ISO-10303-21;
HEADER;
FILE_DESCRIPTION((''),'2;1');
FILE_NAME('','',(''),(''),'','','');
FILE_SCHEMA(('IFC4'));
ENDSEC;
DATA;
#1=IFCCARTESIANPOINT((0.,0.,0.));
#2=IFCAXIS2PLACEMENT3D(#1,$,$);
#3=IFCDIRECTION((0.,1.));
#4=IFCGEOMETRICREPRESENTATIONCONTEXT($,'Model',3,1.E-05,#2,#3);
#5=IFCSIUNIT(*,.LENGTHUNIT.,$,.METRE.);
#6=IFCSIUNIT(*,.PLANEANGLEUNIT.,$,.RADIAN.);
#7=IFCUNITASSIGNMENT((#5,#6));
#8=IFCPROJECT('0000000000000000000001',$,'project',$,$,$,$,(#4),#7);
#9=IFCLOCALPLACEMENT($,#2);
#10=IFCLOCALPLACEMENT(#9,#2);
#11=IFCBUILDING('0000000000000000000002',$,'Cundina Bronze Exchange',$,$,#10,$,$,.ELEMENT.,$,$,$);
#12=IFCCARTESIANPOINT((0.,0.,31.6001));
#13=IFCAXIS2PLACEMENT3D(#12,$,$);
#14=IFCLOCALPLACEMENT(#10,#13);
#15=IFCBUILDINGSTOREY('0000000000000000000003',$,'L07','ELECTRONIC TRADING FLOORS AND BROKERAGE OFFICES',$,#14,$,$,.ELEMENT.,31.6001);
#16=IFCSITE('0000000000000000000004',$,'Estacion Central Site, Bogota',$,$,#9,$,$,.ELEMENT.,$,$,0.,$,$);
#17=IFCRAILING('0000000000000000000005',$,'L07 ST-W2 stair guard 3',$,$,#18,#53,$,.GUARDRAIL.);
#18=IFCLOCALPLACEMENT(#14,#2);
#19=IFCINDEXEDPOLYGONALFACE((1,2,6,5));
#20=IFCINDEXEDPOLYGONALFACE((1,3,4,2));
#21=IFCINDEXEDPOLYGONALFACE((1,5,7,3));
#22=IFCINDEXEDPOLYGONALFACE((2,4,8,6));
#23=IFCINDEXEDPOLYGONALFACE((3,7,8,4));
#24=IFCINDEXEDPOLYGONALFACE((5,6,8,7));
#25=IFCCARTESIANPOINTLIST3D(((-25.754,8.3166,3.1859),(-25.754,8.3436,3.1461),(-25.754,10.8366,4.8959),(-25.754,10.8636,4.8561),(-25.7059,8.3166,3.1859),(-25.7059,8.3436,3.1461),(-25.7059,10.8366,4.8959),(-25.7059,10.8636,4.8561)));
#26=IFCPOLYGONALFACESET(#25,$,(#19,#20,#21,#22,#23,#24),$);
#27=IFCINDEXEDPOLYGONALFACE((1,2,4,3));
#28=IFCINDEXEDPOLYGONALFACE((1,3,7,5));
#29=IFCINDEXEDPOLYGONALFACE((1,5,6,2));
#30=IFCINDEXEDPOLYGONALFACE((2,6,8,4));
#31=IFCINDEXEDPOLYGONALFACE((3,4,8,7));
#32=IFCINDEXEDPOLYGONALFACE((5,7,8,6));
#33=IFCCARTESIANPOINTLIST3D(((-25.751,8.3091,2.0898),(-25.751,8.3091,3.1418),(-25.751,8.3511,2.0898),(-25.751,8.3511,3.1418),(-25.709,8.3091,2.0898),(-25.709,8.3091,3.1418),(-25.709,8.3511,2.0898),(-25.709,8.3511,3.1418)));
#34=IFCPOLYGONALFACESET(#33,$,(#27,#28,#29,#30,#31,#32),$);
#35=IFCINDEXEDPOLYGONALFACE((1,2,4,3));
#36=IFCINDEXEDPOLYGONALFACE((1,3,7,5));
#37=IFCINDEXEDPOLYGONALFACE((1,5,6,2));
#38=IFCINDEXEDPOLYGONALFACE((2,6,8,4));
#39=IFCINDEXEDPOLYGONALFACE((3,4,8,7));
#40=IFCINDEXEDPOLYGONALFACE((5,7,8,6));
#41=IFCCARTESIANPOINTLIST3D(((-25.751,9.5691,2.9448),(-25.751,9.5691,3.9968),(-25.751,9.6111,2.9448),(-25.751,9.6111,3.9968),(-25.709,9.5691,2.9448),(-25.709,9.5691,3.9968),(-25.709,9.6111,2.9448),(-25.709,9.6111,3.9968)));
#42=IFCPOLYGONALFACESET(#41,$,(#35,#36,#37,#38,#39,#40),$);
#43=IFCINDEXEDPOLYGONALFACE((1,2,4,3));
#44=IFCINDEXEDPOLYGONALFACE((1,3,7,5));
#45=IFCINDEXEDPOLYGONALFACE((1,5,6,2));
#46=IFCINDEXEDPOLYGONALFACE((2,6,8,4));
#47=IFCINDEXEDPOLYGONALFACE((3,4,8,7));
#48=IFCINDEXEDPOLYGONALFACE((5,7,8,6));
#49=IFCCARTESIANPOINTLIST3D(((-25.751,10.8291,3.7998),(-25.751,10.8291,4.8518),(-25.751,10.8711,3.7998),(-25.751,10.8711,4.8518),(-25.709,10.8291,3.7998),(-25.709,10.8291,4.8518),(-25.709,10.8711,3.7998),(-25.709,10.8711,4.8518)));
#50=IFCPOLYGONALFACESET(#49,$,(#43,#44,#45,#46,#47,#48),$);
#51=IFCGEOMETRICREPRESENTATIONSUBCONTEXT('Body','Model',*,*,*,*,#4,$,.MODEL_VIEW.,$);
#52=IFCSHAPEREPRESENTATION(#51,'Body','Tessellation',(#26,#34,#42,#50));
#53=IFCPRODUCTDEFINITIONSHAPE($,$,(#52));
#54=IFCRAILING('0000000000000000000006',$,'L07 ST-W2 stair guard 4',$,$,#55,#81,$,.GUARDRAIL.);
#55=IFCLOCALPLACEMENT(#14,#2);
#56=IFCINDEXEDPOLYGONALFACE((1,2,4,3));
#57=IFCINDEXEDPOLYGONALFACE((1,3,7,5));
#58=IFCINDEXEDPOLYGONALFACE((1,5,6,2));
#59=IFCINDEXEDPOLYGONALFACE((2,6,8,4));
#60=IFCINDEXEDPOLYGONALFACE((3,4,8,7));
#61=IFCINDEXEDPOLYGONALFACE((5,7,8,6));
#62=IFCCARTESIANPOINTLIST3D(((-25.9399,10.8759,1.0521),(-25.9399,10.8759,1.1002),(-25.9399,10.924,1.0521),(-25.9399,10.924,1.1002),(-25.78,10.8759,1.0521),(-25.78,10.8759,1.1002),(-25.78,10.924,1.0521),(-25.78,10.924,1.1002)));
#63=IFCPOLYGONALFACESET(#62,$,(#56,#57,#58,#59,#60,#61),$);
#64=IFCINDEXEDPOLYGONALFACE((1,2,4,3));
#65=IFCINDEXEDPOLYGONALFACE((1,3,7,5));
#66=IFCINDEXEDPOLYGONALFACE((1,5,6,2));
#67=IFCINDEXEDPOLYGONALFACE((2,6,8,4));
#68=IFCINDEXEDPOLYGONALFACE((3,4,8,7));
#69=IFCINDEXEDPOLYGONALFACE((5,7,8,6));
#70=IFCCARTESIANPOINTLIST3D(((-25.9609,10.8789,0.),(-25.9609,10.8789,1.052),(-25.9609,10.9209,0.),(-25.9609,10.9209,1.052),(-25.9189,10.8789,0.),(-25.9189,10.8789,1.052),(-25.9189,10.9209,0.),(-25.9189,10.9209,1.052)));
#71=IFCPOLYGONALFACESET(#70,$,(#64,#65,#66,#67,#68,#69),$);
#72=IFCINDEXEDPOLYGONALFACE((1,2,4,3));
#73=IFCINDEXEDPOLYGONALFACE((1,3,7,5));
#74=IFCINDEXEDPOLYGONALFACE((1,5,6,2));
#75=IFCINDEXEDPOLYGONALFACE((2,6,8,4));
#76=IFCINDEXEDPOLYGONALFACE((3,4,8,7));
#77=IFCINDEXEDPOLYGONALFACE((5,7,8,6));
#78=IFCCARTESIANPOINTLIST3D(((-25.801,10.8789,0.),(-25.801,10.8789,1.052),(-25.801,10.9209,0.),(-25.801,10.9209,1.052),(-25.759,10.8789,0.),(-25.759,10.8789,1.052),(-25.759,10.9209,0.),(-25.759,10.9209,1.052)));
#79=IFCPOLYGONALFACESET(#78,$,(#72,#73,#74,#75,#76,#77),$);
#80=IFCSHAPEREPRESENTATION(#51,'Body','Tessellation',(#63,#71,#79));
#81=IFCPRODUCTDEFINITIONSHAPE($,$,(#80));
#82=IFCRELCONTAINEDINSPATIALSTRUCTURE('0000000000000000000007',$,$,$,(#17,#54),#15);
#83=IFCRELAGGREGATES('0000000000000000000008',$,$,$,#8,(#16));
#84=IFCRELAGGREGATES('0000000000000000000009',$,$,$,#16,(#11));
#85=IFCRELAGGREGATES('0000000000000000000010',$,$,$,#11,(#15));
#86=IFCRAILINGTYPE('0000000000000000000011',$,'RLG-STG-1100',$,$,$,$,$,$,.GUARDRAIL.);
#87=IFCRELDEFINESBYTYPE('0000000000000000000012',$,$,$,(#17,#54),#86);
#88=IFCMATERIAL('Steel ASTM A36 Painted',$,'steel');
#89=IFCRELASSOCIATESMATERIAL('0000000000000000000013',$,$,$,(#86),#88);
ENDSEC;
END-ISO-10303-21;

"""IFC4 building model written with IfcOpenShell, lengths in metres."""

from ifc_helpers import new_model, si_unit, direction, frame, origin, origin_2d, place, context, subcontext, project, spatial, rectangle, extrude, material, type_object, element, save


model = new_model("IFC4")

# Units and contexts
model_context = context("Model", 3, precision=1e-05, world=origin(), true_north=direction((0.0, 1.0)))
body_context = subcontext(model_context, "Body", "Model", "MODEL_VIEW")
ifc_project = project(units=[si_unit("LENGTHUNIT", "METRE"), si_unit("PLANEANGLEUNIT", "RADIAN")], contexts=[model_context])

# Site, building, storey
site_placement = place(None, origin())
site = spatial("IfcSite", under=ifc_project, at=site_placement, Name="Estacion Central Site, Bogota", CompositionType="ELEMENT", RefElevation=0.0)
building_placement = place(site_placement, origin())
building = spatial("IfcBuilding", under=site, at=building_placement, Name="Cundina Bronze Exchange", CompositionType="ELEMENT")
storey_placement = place(building_placement, frame((0.0, 0.0, 31.6001)))
storey = spatial("IfcBuildingStorey", under=building, at=storey_placement, Name="L07", Description="ELECTRONIC TRADING FLOORS AND BROKERAGE OFFICES", CompositionType="ELEMENT", Elevation=31.6001)

# Shared definitions
ifc_material_1 = material(Name="Steel ASTM A36 Painted", Category="steel")

# Railings
railing_type_1 = type_object("IfcRailingType", Name="RLG-STG-1100", PredefinedType="GUARDRAIL", material=ifc_material_1)
railing_1_placement = place(storey_placement, frame((-25.73, 8.3301, 2.0898)))
element("IfcRailing", 1, at=railing_1_placement, inside=storey, type_object=railing_type_1, Name="L07 ST-W2 stair guard 3", PredefinedType="GUARDRAIL", context=body_context, shape_type="SweptSolid", body=[
    extrude(rectangle(XDim=0.0481, YDim=0.0481, at=origin_2d()), frame((0.0, 0.0, 1.0762), z_axis=(0.0, 0.827484, 0.56149), x_axis=(-1.0, 0.0, 0.0)), (0.0, 0.0, 1.0), 3.0454),
    extrude(rectangle(XDim=0.042, YDim=0.042, at=origin_2d()), origin(), (0.0, 0.0, 1.0), 1.052),
    extrude(rectangle(XDim=0.042, YDim=0.042, at=origin_2d()), frame((0.0, 1.26, 0.855)), (0.0, 0.0, 1.0), 1.052),
    extrude(rectangle(XDim=0.042, YDim=0.042, at=origin_2d()), frame((0.0, 2.52, 1.71)), (0.0, 0.0, 1.0), 1.052),
])
railing_2_placement = place(storey_placement, frame((-25.9399, 10.8999, 0.0)))
element("IfcRailing", 2, at=railing_2_placement, inside=storey, type_object=railing_type_1, Name="L07 ST-W2 stair guard 4", PredefinedType="GUARDRAIL", context=body_context, shape_type="SweptSolid", body=[
    extrude(rectangle(XDim=0.0481, YDim=0.0481, at=origin_2d()), frame((0.0, 0.0, 1.0762), z_axis=(1.0, 0.0, 0.0), x_axis=(0.0, 1.0, 0.0)), (0.0, 0.0, 1.0), 0.1599),
    extrude(rectangle(XDim=0.042, YDim=0.042, at=origin_2d()), origin(), (0.0, 0.0, 1.0), 1.052),
    extrude(rectangle(XDim=0.042, YDim=0.042, at=origin_2d()), frame((0.1599, 0.0, 0.0)), (0.0, 0.0, 1.0), 1.052),
])

save(model, "model.ifc")
